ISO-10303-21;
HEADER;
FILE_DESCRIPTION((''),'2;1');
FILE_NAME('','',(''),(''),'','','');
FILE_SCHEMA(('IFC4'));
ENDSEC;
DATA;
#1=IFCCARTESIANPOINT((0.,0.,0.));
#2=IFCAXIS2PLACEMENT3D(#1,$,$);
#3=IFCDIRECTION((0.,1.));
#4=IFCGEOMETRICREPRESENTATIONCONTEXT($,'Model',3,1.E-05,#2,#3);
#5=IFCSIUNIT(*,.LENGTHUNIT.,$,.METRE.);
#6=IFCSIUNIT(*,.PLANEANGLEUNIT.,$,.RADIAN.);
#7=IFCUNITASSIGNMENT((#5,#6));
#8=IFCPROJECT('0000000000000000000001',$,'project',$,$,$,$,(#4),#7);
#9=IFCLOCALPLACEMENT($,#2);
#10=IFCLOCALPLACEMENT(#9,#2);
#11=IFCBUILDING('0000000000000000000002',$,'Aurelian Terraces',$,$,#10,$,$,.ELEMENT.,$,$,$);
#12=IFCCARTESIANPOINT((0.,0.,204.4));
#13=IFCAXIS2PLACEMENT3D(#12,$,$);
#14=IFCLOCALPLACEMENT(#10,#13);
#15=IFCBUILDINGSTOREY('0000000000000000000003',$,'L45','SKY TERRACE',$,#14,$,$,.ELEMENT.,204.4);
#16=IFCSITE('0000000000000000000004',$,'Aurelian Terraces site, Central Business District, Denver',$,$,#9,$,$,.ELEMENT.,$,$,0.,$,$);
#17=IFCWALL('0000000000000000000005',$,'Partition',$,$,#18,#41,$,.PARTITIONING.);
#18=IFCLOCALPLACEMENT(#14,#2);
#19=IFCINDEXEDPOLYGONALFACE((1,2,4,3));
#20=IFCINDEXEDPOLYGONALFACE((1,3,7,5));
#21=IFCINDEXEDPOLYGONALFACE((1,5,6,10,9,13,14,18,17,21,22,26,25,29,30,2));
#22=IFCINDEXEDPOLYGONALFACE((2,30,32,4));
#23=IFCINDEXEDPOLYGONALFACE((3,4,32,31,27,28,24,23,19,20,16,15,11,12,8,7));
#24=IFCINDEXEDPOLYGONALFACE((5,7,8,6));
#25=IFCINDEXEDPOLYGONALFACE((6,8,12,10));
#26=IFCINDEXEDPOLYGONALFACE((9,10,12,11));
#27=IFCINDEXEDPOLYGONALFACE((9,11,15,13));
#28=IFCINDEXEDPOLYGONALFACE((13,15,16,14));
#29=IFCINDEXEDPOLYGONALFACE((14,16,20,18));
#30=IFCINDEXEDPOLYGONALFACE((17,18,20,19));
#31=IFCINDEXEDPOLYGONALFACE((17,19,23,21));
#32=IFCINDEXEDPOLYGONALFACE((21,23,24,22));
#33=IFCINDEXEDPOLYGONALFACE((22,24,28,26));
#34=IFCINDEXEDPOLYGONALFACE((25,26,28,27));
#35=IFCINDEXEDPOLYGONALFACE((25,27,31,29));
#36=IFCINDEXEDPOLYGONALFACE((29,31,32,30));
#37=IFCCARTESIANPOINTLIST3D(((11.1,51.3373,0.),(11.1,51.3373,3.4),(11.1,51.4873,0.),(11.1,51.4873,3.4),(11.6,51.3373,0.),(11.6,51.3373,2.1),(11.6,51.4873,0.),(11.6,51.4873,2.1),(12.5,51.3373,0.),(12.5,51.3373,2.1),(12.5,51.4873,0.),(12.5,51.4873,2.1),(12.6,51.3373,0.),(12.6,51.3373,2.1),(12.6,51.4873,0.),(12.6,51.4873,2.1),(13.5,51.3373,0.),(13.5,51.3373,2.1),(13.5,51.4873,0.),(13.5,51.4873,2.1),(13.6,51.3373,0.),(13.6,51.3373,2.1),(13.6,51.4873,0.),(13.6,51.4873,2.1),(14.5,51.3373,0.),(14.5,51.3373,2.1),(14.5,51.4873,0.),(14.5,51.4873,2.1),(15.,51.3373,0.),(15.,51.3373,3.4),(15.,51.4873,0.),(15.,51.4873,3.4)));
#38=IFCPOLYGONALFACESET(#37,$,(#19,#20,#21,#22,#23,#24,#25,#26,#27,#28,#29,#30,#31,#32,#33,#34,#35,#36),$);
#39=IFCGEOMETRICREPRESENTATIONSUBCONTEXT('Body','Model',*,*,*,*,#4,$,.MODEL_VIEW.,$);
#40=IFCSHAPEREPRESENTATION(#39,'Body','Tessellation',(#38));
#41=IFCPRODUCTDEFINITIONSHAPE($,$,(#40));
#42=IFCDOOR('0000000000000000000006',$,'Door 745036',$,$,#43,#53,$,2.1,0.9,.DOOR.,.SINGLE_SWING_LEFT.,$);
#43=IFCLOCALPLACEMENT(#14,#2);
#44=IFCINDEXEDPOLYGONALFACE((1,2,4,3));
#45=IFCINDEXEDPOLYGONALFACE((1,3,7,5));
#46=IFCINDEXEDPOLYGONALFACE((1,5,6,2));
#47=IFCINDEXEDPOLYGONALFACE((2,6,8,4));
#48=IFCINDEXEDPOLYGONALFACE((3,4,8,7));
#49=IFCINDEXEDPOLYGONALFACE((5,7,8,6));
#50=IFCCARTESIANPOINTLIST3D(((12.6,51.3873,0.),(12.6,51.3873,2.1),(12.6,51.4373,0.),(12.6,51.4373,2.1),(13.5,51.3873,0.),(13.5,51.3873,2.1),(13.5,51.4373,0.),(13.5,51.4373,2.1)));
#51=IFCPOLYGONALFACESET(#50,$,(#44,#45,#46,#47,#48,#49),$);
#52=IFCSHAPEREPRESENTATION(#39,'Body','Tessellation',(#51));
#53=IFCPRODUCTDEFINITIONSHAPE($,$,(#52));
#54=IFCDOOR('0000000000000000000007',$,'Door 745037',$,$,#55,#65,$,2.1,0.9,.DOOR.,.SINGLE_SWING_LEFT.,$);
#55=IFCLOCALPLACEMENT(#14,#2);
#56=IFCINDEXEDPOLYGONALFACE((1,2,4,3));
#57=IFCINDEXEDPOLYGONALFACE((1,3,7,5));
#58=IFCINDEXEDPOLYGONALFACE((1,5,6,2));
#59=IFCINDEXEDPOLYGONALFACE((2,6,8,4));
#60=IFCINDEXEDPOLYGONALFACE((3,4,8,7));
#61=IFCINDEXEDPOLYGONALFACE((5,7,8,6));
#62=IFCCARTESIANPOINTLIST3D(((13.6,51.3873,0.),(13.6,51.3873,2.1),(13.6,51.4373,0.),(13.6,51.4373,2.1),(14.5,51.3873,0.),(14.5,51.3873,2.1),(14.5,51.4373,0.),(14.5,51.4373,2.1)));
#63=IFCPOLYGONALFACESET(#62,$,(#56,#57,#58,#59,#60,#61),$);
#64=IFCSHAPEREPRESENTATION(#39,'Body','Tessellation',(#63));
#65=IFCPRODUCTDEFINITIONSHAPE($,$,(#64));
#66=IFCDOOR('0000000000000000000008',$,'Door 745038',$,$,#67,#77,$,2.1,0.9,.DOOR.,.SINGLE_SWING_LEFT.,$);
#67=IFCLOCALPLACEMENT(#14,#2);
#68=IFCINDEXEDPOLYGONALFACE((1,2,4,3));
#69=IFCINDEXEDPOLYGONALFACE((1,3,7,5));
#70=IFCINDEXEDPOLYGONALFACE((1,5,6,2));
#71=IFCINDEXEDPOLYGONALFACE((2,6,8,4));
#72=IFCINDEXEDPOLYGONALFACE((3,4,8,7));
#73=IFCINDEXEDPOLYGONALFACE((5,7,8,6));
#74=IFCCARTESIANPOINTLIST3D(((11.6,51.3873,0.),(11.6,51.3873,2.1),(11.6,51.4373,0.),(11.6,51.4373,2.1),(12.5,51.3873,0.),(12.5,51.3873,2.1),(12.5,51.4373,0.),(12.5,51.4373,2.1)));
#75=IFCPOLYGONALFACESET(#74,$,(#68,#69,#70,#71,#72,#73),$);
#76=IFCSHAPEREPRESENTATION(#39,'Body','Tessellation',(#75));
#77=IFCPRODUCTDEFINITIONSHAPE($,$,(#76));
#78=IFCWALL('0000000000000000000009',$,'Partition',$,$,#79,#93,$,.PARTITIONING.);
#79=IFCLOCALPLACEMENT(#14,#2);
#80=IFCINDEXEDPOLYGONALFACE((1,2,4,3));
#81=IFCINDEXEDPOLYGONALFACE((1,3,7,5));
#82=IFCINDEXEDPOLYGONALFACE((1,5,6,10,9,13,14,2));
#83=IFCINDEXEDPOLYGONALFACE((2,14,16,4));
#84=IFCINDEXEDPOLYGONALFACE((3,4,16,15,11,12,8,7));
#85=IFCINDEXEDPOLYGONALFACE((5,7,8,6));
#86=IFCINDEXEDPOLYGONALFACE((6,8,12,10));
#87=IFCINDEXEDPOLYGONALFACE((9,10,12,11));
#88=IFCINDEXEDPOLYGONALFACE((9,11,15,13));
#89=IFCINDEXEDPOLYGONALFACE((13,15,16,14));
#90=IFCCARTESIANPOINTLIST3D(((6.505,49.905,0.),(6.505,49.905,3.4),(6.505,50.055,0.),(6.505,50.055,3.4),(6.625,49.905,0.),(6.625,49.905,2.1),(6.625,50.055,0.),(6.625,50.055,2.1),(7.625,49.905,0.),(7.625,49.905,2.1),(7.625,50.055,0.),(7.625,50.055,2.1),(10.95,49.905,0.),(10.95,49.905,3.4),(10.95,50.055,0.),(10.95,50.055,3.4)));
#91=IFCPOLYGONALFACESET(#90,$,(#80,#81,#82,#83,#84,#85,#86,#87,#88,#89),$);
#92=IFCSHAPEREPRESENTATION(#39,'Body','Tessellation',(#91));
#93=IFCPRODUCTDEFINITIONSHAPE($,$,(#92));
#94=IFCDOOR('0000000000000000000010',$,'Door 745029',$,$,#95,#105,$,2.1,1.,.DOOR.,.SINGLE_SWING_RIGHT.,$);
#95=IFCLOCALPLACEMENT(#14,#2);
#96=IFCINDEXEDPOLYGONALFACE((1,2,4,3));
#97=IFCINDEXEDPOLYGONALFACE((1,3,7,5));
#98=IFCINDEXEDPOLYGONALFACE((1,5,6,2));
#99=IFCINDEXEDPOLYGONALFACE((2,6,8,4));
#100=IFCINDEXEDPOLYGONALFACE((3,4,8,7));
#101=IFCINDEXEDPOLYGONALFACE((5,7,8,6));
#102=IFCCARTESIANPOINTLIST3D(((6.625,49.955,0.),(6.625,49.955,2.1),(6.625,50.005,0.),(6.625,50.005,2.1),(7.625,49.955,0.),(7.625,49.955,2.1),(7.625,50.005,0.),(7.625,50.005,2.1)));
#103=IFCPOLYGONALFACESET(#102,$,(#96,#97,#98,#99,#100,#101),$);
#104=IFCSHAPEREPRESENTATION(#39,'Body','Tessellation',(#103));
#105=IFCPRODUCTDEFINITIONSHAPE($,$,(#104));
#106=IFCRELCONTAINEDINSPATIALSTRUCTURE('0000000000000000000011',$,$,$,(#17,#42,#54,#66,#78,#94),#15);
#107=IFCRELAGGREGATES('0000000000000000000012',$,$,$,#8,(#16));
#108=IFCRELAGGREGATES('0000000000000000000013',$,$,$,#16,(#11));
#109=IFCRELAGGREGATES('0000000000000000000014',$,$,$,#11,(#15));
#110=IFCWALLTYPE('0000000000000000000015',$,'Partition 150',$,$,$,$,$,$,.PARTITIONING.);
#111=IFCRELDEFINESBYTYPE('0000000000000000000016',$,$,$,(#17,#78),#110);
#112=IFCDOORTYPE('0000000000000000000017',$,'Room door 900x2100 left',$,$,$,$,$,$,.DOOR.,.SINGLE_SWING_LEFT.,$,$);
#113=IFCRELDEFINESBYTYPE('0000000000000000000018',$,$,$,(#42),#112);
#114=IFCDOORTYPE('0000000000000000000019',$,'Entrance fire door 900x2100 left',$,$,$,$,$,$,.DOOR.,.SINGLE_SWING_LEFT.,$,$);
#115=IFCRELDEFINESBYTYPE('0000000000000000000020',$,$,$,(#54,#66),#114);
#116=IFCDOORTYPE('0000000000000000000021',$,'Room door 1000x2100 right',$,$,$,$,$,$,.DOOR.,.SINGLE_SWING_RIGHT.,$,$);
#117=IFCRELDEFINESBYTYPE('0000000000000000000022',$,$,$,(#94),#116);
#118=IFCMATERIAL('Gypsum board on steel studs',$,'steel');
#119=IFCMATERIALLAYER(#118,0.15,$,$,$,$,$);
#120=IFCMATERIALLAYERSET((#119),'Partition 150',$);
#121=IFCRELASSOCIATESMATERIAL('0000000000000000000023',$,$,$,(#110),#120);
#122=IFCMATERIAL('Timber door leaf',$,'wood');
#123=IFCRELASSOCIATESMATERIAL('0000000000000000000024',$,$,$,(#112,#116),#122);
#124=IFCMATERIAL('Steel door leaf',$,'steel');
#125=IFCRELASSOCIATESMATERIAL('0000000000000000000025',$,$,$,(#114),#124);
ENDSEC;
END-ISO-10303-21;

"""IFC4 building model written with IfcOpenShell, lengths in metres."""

from ifc_helpers import new_model, si_unit, direction, frame, frame_2d, origin, place, context, subcontext, project, spatial, rectangle, extrude, source, transform, mapped, material, layer, layer_set, type_object, element, fill, save


model = new_model("IFC4")

# Units and contexts
model_context = context("Model", 3, precision=1e-05, world=origin(), true_north=direction((0.0, 1.0)))
body_context = subcontext(model_context, "Body", "Model", "MODEL_VIEW")
ifc_project = project(units=[si_unit("LENGTHUNIT", "METRE"), si_unit("PLANEANGLEUNIT", "RADIAN")], contexts=[model_context])

# Site, building, storey
site_placement = place(None, origin())
site = spatial("IfcSite", under=ifc_project, at=site_placement, Name="Aurelian Terraces site, Central Business District, Denver", CompositionType="ELEMENT", RefElevation=0.0)
building_placement = place(site_placement, origin())
building = spatial("IfcBuilding", under=site, at=building_placement, Name="Aurelian Terraces", CompositionType="ELEMENT")
storey_placement = place(building_placement, frame((0.0, 0.0, 204.4)))
storey = spatial("IfcBuildingStorey", under=building, at=storey_placement, Name="L45", Description="SKY TERRACE", CompositionType="ELEMENT", Elevation=204.4)

# Shared definitions
ifc_material_1 = material(Name="Gypsum board on steel studs", Category="steel")
ifc_layer_1 = layer(ifc_material_1, 0.15)
ifc_layer_set_1 = layer_set([ifc_layer_1], Name="Partition 150")
wall_type_1 = type_object("IfcWallType", Name="Partition 150", PredefinedType="PARTITIONING", material=ifc_layer_set_1)
shared_shape_1 = source(origin(), body_context, "Body", "SweptSolid", [
    extrude(rectangle(XDim=3.9, YDim=0.15, at=frame_2d((1.95, 0.0))), origin(), (0.0, 0.0, 1.0), 3.4),
])

# Wall, openings, doors
wall_1_placement = place(storey_placement, frame((15.0, 51.4123, 0.0), z_axis=(0.0, 0.0, 1.0), x_axis=(-1.0, 0.0, 0.0)))
wall_1 = element("IfcWall", 1, at=wall_1_placement, inside=storey, type_object=wall_type_1, Name="Partition", PredefinedType="PARTITIONING", context=body_context, shape_type="MappedRepresentation", body=[
    mapped(shared_shape_1, transform((0.0, 0.0, 0.0), scale=1.0)),
])
shared_shape_2 = source(origin(), body_context, "Body", "SweptSolid", [
    extrude(rectangle(XDim=0.9, YDim=2.1, at=frame_2d((0.45, 1.05))), frame((0.0, 0.085, 0.0), z_axis=(0.0, -1.0, 0.0), x_axis=(1.0, 0.0, 0.0)), (0.0, 0.0, 1.0), 0.17),
])
opening_1_placement = place(wall_1_placement, frame((1.5, 0.0, 0.0)))
opening_1 = element("IfcOpeningElement", 2, at=opening_1_placement, cuts=wall_1, PredefinedType="OPENING", context=body_context, shape_type="MappedRepresentation", body=[
    mapped(shared_shape_2, transform((0.0, 0.0, 0.0), scale=1.0)),
])
opening_2_placement = place(wall_1_placement, frame((0.5, 0.0, 0.0)))
opening_2 = element("IfcOpeningElement", 3, at=opening_2_placement, cuts=wall_1, PredefinedType="OPENING", context=body_context, shape_type="MappedRepresentation", body=[
    mapped(shared_shape_2, transform((0.0, 0.0, 0.0), scale=1.0)),
])
opening_3_placement = place(wall_1_placement, frame((2.5, 0.0, 0.0)))
opening_3 = element("IfcOpeningElement", 4, at=opening_3_placement, cuts=wall_1, PredefinedType="OPENING", context=body_context, shape_type="MappedRepresentation", body=[
    mapped(shared_shape_2, transform((0.0, 0.0, 0.0), scale=1.0)),
])
ifc_material_2 = material(Name="Timber door leaf", Category="wood")
door_type_1 = type_object("IfcDoorType", Name="Room door 900x2100 left", OperationType="SINGLE_SWING_LEFT", PredefinedType="DOOR", material=ifc_material_2)
shared_shape_3 = source(origin(), body_context, "Body", "SweptSolid", [
    extrude(rectangle(XDim=0.9, YDim=2.1, at=frame_2d((0.45, 1.05))), frame((0.0, 0.025, 0.0), z_axis=(0.0, -1.0, 0.0), x_axis=(1.0, 0.0, 0.0)), (0.0, 0.0, 1.0), 0.05),
])
door_1_placement = place(opening_1_placement, origin())
door_1 = element("IfcDoor", 5, at=door_1_placement, inside=storey, type_object=door_type_1, Name="Door 745036", OperationType="SINGLE_SWING_LEFT", OverallHeight=2.1, OverallWidth=0.9, PredefinedType="DOOR", context=body_context, shape_type="MappedRepresentation", body=[
    mapped(shared_shape_3, transform((0.0, 0.0, 0.0), scale=1.0)),
])
fill(opening_1, door_1)
ifc_material_3 = material(Name="Steel door leaf", Category="steel")
door_type_2 = type_object("IfcDoorType", Name="Entrance fire door 900x2100 left", OperationType="SINGLE_SWING_LEFT", PredefinedType="DOOR", material=ifc_material_3)
door_2_placement = place(opening_2_placement, origin())
door_2 = element("IfcDoor", 6, at=door_2_placement, inside=storey, type_object=door_type_2, Name="Door 745037", OperationType="SINGLE_SWING_LEFT", OverallHeight=2.1, OverallWidth=0.9, PredefinedType="DOOR", context=body_context, shape_type="MappedRepresentation", body=[
    mapped(shared_shape_3, transform((0.0, 0.0, 0.0), scale=1.0)),
])
fill(opening_2, door_2)
door_3_placement = place(opening_3_placement, origin())
door_3 = element("IfcDoor", 7, at=door_3_placement, inside=storey, type_object=door_type_2, Name="Door 745038", OperationType="SINGLE_SWING_LEFT", OverallHeight=2.1, OverallWidth=0.9, PredefinedType="DOOR", context=body_context, shape_type="MappedRepresentation", body=[
    mapped(shared_shape_3, transform((0.0, 0.0, 0.0), scale=1.0)),
])
fill(opening_3, door_3)

# Wall, opening, door
shared_shape_4 = source(origin(), body_context, "Body", "SweptSolid", [
    extrude(rectangle(XDim=4.445, YDim=0.15, at=frame_2d((2.2225, 0.0))), origin(), (0.0, 0.0, 1.0), 3.4),
])
wall_2_placement = place(storey_placement, frame((10.95, 49.98, 0.0), z_axis=(0.0, 0.0, 1.0), x_axis=(-1.0, 0.0, 0.0)))
wall_2 = element("IfcWall", 8, at=wall_2_placement, inside=storey, type_object=wall_type_1, Name="Partition", PredefinedType="PARTITIONING", context=body_context, shape_type="MappedRepresentation", body=[
    mapped(shared_shape_4, transform((0.0, 0.0, 0.0), scale=1.0)),
])
shared_shape_5 = source(origin(), body_context, "Body", "SweptSolid", [
    extrude(rectangle(XDim=1.0, YDim=2.1, at=frame_2d((0.5, 1.05))), frame((0.0, 0.085, 0.0), z_axis=(0.0, -1.0, 0.0), x_axis=(1.0, 0.0, 0.0)), (0.0, 0.0, 1.0), 0.17),
])
opening_4_placement = place(wall_2_placement, frame((3.325, 0.0, 0.0)))
opening_4 = element("IfcOpeningElement", 9, at=opening_4_placement, cuts=wall_2, PredefinedType="OPENING", context=body_context, shape_type="MappedRepresentation", body=[
    mapped(shared_shape_5, transform((0.0, 0.0, 0.0), scale=1.0)),
])
door_type_3 = type_object("IfcDoorType", Name="Room door 1000x2100 right", OperationType="SINGLE_SWING_RIGHT", PredefinedType="DOOR", material=ifc_material_2)
shared_shape_6 = source(origin(), body_context, "Body", "SweptSolid", [
    extrude(rectangle(XDim=1.0, YDim=2.1, at=frame_2d((0.5, 1.05))), frame((0.0, 0.025, 0.0), z_axis=(0.0, -1.0, 0.0), x_axis=(1.0, 0.0, 0.0)), (0.0, 0.0, 1.0), 0.05),
])
door_4_placement = place(opening_4_placement, origin())
door_4 = element("IfcDoor", 10, at=door_4_placement, inside=storey, type_object=door_type_3, Name="Door 745029", OperationType="SINGLE_SWING_RIGHT", OverallHeight=2.1, OverallWidth=1.0, PredefinedType="DOOR", context=body_context, shape_type="MappedRepresentation", body=[
    mapped(shared_shape_6, transform((0.0, 0.0, 0.0), scale=1.0)),
])
fill(opening_4, door_4)

save(model, "model.ifc")
